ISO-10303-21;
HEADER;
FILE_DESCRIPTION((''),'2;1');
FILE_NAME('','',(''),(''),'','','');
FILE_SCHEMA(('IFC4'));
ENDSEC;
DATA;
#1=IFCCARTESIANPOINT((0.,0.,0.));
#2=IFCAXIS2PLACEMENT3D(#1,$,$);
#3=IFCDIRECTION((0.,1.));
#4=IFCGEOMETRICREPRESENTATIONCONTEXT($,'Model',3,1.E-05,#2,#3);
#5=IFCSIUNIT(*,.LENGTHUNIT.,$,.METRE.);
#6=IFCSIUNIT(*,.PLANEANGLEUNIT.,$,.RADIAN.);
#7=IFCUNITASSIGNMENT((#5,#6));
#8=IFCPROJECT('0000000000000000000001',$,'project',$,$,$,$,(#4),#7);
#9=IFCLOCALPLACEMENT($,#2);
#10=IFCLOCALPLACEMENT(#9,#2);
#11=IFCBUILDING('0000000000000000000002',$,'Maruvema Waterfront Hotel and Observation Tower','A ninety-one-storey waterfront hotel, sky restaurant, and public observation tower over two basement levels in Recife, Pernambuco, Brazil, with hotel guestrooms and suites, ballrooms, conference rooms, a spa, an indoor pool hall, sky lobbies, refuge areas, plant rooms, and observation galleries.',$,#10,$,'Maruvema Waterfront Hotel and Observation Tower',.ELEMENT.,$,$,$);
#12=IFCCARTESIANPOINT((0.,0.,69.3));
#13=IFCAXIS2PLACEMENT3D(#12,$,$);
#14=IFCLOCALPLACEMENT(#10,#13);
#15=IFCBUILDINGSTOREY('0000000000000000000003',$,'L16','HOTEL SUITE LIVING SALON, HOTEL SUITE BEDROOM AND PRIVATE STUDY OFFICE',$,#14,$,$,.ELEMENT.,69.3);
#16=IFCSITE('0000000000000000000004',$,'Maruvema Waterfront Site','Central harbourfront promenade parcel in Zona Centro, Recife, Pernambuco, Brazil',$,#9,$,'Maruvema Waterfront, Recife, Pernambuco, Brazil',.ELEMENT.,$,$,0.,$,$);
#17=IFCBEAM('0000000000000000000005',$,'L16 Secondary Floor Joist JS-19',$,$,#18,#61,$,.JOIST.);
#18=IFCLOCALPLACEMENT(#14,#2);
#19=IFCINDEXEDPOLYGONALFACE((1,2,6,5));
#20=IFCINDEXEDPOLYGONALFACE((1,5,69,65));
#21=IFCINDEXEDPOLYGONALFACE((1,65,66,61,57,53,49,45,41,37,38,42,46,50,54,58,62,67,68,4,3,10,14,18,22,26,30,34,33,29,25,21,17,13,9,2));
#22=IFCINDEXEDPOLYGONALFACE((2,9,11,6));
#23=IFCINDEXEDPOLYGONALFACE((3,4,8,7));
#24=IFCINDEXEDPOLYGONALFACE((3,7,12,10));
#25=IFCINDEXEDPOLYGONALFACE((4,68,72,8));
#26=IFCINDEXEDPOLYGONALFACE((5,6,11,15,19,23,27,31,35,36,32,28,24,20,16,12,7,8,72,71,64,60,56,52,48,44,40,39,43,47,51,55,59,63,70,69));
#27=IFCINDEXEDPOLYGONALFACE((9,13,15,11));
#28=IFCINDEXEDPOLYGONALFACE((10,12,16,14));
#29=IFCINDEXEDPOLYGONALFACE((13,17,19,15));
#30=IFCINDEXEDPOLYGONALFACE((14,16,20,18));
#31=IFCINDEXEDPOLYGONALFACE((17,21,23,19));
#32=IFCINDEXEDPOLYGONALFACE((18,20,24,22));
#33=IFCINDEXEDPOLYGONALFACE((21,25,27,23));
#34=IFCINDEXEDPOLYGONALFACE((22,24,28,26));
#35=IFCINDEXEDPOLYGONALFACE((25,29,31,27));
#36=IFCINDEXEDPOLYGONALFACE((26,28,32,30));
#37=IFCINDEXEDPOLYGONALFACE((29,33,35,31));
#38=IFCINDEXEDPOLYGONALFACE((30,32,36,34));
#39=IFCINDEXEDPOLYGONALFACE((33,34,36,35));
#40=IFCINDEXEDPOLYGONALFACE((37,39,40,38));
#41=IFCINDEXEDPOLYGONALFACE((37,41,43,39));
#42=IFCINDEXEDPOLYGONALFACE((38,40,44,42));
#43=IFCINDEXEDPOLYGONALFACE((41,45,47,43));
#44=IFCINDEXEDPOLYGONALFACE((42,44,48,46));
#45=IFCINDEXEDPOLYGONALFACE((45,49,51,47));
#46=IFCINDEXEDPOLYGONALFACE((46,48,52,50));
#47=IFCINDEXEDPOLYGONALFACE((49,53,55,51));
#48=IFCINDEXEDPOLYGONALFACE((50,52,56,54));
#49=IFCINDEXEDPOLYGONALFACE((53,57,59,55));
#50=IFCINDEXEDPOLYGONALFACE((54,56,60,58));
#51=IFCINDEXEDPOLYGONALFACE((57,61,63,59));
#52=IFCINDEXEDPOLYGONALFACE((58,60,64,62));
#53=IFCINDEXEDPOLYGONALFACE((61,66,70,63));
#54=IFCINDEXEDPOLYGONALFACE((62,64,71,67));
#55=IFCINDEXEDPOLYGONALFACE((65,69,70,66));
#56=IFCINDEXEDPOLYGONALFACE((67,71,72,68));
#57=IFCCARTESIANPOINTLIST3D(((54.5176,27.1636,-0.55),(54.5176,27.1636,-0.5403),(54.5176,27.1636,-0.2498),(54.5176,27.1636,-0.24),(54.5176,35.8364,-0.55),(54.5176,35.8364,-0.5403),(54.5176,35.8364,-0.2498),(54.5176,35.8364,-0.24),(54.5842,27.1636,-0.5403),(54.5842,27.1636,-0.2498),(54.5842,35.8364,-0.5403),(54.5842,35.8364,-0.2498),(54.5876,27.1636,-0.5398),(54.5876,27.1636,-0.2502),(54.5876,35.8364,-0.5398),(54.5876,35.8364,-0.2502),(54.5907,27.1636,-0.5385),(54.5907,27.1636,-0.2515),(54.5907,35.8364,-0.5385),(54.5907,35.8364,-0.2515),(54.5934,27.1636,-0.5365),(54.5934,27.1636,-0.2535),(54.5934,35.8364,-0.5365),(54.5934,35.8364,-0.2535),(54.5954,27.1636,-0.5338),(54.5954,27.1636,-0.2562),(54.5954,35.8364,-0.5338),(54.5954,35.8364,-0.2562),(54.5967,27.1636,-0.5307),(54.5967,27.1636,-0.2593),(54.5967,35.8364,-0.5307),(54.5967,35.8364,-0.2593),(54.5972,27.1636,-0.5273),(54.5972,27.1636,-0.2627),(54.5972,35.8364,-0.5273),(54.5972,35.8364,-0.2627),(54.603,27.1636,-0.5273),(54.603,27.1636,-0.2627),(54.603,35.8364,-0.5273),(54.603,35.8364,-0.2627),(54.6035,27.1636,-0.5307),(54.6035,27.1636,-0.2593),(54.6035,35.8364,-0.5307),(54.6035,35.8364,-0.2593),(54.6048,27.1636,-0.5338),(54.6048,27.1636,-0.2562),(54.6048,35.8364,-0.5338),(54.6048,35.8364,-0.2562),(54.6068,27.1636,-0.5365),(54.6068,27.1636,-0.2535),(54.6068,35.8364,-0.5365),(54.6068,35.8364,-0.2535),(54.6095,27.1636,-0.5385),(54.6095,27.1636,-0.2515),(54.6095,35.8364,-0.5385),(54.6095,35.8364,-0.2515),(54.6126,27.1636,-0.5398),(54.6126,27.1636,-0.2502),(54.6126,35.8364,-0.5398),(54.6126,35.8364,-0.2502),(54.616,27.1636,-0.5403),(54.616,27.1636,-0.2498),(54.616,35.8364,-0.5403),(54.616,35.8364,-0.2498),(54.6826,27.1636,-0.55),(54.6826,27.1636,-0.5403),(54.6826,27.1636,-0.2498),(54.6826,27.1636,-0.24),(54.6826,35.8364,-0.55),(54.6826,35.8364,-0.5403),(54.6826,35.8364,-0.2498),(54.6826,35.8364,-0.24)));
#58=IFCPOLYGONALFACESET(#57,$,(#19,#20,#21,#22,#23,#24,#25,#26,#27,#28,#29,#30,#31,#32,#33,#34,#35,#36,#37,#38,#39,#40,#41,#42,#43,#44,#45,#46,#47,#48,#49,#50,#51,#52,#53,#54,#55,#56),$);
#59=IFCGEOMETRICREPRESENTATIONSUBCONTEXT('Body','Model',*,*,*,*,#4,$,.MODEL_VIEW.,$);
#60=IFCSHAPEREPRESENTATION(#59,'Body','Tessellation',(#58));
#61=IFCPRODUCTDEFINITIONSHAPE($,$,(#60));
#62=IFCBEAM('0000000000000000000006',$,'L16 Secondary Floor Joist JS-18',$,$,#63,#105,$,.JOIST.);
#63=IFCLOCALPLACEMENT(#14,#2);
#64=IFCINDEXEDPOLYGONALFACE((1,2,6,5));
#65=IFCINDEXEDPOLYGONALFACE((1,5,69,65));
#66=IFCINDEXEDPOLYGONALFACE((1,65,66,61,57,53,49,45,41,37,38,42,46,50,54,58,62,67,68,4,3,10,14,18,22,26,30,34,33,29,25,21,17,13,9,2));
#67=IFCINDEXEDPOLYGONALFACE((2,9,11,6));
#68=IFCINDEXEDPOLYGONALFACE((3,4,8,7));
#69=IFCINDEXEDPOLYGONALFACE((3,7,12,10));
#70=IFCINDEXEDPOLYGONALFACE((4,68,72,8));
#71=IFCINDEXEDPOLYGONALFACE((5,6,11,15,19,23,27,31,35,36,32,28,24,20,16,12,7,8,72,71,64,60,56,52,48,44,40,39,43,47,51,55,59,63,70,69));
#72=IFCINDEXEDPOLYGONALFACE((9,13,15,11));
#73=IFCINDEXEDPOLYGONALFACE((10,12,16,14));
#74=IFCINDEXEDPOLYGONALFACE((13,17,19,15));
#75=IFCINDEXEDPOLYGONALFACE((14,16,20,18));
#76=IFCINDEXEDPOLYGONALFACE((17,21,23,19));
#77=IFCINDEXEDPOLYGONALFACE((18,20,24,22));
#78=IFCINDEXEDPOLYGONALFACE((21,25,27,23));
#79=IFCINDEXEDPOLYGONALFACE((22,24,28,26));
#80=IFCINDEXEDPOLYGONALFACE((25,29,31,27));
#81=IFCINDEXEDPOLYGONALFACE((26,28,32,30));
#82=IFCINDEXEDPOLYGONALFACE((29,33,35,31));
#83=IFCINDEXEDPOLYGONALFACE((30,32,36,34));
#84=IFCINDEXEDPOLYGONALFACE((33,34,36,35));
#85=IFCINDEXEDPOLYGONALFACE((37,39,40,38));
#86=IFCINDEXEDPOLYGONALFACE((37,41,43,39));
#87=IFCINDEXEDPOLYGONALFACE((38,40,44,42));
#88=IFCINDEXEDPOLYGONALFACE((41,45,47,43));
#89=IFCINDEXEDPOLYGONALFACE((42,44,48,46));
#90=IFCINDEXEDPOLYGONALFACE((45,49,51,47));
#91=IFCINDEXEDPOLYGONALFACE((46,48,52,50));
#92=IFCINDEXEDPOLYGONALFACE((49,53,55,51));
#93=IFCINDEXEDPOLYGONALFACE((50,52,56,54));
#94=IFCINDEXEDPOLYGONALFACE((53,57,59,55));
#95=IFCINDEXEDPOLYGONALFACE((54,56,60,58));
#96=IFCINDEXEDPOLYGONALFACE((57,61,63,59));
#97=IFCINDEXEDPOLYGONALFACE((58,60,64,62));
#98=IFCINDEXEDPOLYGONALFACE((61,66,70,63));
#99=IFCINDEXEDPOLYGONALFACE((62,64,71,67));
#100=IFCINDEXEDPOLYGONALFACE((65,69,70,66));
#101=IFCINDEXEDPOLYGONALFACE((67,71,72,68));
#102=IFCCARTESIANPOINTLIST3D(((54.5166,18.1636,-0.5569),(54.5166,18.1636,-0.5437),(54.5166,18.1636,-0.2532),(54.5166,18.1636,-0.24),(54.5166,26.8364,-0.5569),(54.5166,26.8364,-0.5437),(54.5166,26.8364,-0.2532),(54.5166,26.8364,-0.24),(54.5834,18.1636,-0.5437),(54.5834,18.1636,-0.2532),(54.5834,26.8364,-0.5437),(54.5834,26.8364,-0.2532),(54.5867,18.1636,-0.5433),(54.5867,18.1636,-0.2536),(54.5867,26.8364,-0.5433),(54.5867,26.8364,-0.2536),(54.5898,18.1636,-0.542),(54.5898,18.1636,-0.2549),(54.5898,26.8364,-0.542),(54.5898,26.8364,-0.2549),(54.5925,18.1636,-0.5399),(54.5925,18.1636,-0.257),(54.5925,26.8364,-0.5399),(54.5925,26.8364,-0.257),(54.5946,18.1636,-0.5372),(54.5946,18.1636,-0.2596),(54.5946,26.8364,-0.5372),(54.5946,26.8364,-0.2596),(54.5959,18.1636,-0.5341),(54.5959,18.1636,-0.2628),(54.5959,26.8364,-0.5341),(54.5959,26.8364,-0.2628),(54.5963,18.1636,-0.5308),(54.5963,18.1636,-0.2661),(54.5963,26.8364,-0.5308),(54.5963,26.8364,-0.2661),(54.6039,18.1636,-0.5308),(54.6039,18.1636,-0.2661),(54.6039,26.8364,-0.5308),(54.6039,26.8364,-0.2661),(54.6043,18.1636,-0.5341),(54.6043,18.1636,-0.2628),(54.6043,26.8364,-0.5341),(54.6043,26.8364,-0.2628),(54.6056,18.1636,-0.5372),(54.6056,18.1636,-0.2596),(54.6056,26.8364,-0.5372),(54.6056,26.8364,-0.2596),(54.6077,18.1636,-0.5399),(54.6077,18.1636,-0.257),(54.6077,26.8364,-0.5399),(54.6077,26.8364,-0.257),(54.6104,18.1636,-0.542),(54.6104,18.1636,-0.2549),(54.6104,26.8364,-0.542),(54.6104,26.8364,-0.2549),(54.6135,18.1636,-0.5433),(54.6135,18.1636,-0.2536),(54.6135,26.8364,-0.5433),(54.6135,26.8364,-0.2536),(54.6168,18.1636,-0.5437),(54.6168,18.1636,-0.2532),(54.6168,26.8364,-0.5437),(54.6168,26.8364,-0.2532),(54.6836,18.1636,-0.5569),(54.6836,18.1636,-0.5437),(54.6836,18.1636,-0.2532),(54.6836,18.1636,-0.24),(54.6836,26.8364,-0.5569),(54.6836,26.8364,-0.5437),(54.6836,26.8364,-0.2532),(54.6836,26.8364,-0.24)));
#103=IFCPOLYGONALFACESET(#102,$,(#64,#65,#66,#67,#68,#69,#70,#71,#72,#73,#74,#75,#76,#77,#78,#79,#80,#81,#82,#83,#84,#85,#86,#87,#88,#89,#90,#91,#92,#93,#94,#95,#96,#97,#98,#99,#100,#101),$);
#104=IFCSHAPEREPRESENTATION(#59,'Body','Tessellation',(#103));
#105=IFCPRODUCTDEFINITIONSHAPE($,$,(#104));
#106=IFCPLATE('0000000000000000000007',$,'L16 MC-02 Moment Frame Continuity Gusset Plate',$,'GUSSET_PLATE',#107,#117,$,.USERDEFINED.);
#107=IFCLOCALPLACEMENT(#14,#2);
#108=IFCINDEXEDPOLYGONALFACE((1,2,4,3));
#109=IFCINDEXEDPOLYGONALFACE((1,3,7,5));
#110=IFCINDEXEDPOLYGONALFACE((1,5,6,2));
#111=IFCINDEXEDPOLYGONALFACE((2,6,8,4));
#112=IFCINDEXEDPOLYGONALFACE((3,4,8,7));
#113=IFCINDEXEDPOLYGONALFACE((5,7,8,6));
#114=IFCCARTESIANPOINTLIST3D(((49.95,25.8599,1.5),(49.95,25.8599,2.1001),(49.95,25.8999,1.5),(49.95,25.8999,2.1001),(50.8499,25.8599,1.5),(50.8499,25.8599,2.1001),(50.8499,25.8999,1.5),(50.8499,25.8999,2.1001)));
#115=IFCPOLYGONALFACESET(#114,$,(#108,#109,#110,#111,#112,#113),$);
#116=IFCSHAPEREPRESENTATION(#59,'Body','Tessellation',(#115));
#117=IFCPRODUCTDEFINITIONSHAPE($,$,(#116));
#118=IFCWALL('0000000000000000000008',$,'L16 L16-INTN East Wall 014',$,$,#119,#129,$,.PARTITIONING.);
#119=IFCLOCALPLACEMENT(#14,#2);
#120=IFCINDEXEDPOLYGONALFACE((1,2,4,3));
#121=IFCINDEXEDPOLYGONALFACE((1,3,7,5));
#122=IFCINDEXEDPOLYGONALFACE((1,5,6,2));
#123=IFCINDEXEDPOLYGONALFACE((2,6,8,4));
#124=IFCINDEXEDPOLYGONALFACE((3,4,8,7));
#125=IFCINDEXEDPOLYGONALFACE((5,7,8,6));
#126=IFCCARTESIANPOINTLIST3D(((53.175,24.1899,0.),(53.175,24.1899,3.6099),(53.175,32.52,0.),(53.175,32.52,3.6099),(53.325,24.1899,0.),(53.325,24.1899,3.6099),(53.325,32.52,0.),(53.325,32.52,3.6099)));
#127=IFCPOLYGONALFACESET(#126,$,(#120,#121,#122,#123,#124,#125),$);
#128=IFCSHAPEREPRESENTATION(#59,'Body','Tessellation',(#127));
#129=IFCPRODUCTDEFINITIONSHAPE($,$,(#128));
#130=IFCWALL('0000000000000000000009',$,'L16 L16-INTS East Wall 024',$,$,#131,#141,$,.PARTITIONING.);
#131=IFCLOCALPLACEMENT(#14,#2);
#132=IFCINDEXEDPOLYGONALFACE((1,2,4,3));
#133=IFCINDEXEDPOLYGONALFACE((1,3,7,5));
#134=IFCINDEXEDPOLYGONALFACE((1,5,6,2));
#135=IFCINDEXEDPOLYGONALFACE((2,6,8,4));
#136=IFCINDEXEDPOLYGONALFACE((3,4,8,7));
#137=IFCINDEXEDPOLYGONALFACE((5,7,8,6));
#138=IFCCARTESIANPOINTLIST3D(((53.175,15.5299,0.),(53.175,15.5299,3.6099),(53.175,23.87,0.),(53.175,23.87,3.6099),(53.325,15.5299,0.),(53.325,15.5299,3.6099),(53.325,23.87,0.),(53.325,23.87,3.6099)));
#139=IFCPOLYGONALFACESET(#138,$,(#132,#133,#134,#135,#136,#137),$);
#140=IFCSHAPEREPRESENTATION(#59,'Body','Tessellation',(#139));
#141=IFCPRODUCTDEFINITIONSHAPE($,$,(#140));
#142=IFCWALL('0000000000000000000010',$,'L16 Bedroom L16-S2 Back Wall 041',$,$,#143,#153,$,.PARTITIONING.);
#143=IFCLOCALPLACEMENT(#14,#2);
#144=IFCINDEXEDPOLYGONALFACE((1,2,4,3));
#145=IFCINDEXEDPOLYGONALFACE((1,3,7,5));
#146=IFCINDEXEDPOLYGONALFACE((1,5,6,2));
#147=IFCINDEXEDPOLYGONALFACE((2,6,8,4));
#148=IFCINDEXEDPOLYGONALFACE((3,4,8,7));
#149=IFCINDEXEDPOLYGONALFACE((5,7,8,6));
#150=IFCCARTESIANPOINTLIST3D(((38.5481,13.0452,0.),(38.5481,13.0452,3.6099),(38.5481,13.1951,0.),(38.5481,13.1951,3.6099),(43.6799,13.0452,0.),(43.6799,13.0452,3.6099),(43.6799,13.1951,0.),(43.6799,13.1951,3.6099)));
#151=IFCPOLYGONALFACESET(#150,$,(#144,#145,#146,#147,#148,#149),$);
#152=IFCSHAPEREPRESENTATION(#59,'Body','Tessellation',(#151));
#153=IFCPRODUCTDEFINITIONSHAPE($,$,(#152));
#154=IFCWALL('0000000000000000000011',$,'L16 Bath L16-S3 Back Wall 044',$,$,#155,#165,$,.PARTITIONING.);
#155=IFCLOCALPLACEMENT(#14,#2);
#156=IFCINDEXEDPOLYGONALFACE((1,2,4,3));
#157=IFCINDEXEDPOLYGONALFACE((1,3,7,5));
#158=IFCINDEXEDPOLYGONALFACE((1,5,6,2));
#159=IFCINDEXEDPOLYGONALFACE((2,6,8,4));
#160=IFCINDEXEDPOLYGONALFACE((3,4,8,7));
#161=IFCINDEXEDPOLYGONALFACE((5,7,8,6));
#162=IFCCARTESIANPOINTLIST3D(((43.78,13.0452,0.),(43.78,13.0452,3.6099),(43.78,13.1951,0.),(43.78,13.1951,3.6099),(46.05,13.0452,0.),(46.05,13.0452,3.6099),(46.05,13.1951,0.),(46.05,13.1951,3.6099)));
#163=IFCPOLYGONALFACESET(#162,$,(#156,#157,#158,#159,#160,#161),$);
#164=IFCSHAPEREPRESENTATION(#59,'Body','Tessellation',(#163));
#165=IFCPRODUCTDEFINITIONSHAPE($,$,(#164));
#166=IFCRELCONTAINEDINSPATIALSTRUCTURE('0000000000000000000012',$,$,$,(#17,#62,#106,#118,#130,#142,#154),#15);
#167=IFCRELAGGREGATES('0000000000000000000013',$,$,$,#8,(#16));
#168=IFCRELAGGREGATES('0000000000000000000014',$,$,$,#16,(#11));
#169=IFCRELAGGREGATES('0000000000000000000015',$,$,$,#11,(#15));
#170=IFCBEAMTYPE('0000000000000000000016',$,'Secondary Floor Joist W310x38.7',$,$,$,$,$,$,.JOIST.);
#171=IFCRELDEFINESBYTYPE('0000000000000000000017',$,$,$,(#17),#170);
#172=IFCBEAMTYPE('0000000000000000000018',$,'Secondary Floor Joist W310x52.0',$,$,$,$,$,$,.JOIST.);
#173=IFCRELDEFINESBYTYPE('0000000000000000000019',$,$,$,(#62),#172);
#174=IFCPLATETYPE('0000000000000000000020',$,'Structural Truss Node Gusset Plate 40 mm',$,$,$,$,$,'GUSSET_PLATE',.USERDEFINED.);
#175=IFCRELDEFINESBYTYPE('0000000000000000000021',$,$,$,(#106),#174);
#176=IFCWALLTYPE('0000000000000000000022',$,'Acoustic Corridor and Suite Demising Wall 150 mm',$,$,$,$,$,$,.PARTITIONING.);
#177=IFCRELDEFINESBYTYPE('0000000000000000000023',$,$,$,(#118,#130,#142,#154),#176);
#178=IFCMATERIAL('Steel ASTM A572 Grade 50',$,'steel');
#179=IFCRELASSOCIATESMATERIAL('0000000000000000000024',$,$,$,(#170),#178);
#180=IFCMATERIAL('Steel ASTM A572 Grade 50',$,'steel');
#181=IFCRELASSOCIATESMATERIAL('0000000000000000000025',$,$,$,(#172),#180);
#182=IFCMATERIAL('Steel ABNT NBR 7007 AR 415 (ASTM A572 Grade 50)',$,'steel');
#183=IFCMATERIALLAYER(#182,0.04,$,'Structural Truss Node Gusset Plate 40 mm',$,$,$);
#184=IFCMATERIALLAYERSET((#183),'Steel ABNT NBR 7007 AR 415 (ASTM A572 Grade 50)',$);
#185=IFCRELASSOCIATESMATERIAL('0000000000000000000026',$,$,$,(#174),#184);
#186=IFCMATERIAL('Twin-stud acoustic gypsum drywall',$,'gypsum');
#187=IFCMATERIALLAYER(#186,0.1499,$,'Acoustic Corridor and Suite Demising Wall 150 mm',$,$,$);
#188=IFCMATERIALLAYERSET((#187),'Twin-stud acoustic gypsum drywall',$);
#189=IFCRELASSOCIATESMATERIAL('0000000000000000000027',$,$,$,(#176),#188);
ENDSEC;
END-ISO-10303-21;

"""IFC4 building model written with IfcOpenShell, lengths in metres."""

from ifc_helpers import new_model, si_unit, direction, frame, frame_2d, origin, origin_2d, place, context, subcontext, project, spatial, rectangle, i_section, extrude, material, layer, layer_set, material_profile, profile_set, type_object, element, save


model = new_model("IFC4")

# Units and contexts
model_context = context("Model", 3, precision=1e-05, world=origin(), true_north=direction((0.0, 1.0)))
body_context = subcontext(model_context, "Body", "Model", "MODEL_VIEW")
ifc_project = project(units=[si_unit("LENGTHUNIT", "METRE"), si_unit("PLANEANGLEUNIT", "RADIAN")], contexts=[model_context])

# Site, building, storey
site_placement = place(None, origin())
site = spatial("IfcSite", under=ifc_project, at=site_placement, Name="Maruvema Waterfront Site", Description="Central harbourfront promenade parcel in Zona Centro, Recife, Pernambuco, Brazil", LongName="Maruvema Waterfront, Recife, Pernambuco, Brazil", CompositionType="ELEMENT", RefElevation=0.0)
building_placement = place(site_placement, origin())
building = spatial("IfcBuilding", under=site, at=building_placement, Name="Maruvema Waterfront Hotel and Observation Tower", Description="A ninety-one-storey waterfront hotel, sky restaurant, and public observation tower over two basement levels in Recife, Pernambuco, Brazil, with hotel guestrooms and suites, ballrooms, conference rooms, a spa, an indoor pool hall, sky lobbies, refuge areas, plant rooms, and observation galleries.", LongName="Maruvema Waterfront Hotel and Observation Tower", CompositionType="ELEMENT")
storey_placement = place(building_placement, frame((0.0, 0.0, 69.3)))
storey = spatial("IfcBuildingStorey", under=building, at=storey_placement, Name="L16", Description="HOTEL SUITE LIVING SALON, HOTEL SUITE BEDROOM AND PRIVATE STUDY OFFICE", CompositionType="ELEMENT", Elevation=69.3)

# Beams
ifc_material_1 = material(Name="Steel ASTM A572 Grade 50", Category="steel")
ifc_material_profile_1 = material_profile(ifc_material_1, i_section(OverallWidth=0.165, OverallDepth=0.3101, WebThickness=0.0059, FlangeThickness=0.0098, FilletRadius=0.0129, at=origin_2d()), Name="W310x38.7")
ifc_profile_set_1 = profile_set([ifc_material_profile_1], Name="Steel ASTM A572 Grade 50")
beam_type_1 = type_object("IfcBeamType", Name="Secondary Floor Joist W310x38.7", PredefinedType="JOIST", material=ifc_profile_set_1)
beam_1_placement = place(storey_placement, frame((54.6001, 27.1636, -0.395), z_axis=(0.0, 1.0, 0.0), x_axis=(-1.0, 0.0, 0.0)))
element("IfcBeam", 1, at=beam_1_placement, inside=storey, type_object=beam_type_1, Name="L16 Secondary Floor Joist JS-19", PredefinedType="JOIST", context=body_context, shape_type="SweptSolid", body=[
    extrude(i_section(OverallWidth=0.165, OverallDepth=0.3101, WebThickness=0.0059, FlangeThickness=0.0098, FilletRadius=0.0129, at=origin_2d()), origin(), (0.0, 0.0, 1.0), 8.6729),
])
ifc_material_2 = material(Name="Steel ASTM A572 Grade 50", Category="steel")
ifc_material_profile_2 = material_profile(ifc_material_2, i_section(OverallWidth=0.167, OverallDepth=0.3169, WebThickness=0.0076, FlangeThickness=0.0132, FilletRadius=0.0129, at=origin_2d()), Name="W310x52.0")
ifc_profile_set_2 = profile_set([ifc_material_profile_2], Name="Steel ASTM A572 Grade 50")
beam_type_2 = type_object("IfcBeamType", Name="Secondary Floor Joist W310x52.0", PredefinedType="JOIST", material=ifc_profile_set_2)
beam_2_placement = place(storey_placement, frame((54.6001, 18.1636, -0.3984), z_axis=(0.0, 1.0, 0.0), x_axis=(-1.0, 0.0, 0.0)))
element("IfcBeam", 2, at=beam_2_placement, inside=storey, type_object=beam_type_2, Name="L16 Secondary Floor Joist JS-18", PredefinedType="JOIST", context=body_context, shape_type="SweptSolid", body=[
    extrude(i_section(OverallWidth=0.167, OverallDepth=0.3169, WebThickness=0.0076, FlangeThickness=0.0132, FilletRadius=0.0129, at=origin_2d()), origin(), (0.0, 0.0, 1.0), 8.6729),
])

# Plate
ifc_material_3 = material(Name="Steel ABNT NBR 7007 AR 415 (ASTM A572 Grade 50)", Category="steel")
ifc_layer_1 = layer(ifc_material_3, 0.04, Name="Structural Truss Node Gusset Plate 40 mm")
ifc_layer_set_1 = layer_set([ifc_layer_1], Name="Steel ABNT NBR 7007 AR 415 (ASTM A572 Grade 50)")
plate_type = type_object("IfcPlateType", Name="Structural Truss Node Gusset Plate 40 mm", ElementType="GUSSET_PLATE", PredefinedType="USERDEFINED", material=ifc_layer_set_1)
plate_placement = place(storey_placement, frame((50.3999, 25.8799, 1.5), z_axis=(0.0, 0.0, 1.0), x_axis=(1.0, 0.0, 0.0)))
element("IfcPlate", 3, at=plate_placement, inside=storey, type_object=plate_type, Name="L16 MC-02 Moment Frame Continuity Gusset Plate", ObjectType="GUSSET_PLATE", PredefinedType="USERDEFINED", context=body_context, shape_type="SweptSolid", body=[
    extrude(rectangle(XDim=0.8999, YDim=0.04, at=origin_2d()), origin(), (0.0, 0.0, 1.0), 0.6001),
])

# Walls
ifc_material_4 = material(Name="Twin-stud acoustic gypsum drywall", Category="gypsum")
ifc_layer_2 = layer(ifc_material_4, 0.1499, Name="Acoustic Corridor and Suite Demising Wall 150 mm")
ifc_layer_set_2 = layer_set([ifc_layer_2], Name="Twin-stud acoustic gypsum drywall")
wall_type_1 = type_object("IfcWallType", Name="Acoustic Corridor and Suite Demising Wall 150 mm", PredefinedType="PARTITIONING", material=ifc_layer_set_2)
wall_1_placement = place(storey_placement, frame((53.25, 24.1899, 0.0), z_axis=(0.0, 0.0, 1.0), x_axis=(0.0, 1.0, 0.0)))
element("IfcWall", 4, at=wall_1_placement, inside=storey, type_object=wall_type_1, Name="L16 L16-INTN East Wall 014", PredefinedType="PARTITIONING", context=body_context, shape_type="SweptSolid", body=[
    extrude(rectangle(XDim=8.3301, YDim=0.1499, at=frame_2d((4.165, 0.0))), origin(), (0.0, 0.0, 1.0), 3.6099),
])
wall_2_placement = place(storey_placement, frame((53.25, 15.53, 0.0), z_axis=(0.0, 0.0, 1.0), x_axis=(0.0, 1.0, 0.0)))
element("IfcWall", 5, at=wall_2_placement, inside=storey, type_object=wall_type_1, Name="L16 L16-INTS East Wall 024", PredefinedType="PARTITIONING", context=body_context, shape_type="SweptSolid", body=[
    extrude(rectangle(XDim=8.3401, YDim=0.1499, at=frame_2d((4.1699, 0.0))), origin(), (0.0, 0.0, 1.0), 3.6099),
])
wall_3_placement = place(storey_placement, frame((38.5481, 13.1201, 0.0), z_axis=(0.0, 0.0, 1.0), x_axis=(1.0, 0.0, 0.0)))
element("IfcWall", 6, at=wall_3_placement, inside=storey, type_object=wall_type_1, Name="L16 Bedroom L16-S2 Back Wall 041", PredefinedType="PARTITIONING", context=body_context, shape_type="SweptSolid", body=[
    extrude(rectangle(XDim=5.1318, YDim=0.1499, at=frame_2d((2.5659, 0.0))), origin(), (0.0, 0.0, 1.0), 3.6099),
])
wall_4_placement = place(storey_placement, frame((43.78, 13.1201, 0.0), z_axis=(0.0, 0.0, 1.0), x_axis=(1.0, 0.0, 0.0)))
element("IfcWall", 7, at=wall_4_placement, inside=storey, type_object=wall_type_1, Name="L16 Bath L16-S3 Back Wall 044", PredefinedType="PARTITIONING", context=body_context, shape_type="SweptSolid", body=[
    extrude(rectangle(XDim=2.27, YDim=0.1499, at=frame_2d((1.135, 0.0))), origin(), (0.0, 0.0, 1.0), 3.6099),
])

save(model, "model.ifc")
